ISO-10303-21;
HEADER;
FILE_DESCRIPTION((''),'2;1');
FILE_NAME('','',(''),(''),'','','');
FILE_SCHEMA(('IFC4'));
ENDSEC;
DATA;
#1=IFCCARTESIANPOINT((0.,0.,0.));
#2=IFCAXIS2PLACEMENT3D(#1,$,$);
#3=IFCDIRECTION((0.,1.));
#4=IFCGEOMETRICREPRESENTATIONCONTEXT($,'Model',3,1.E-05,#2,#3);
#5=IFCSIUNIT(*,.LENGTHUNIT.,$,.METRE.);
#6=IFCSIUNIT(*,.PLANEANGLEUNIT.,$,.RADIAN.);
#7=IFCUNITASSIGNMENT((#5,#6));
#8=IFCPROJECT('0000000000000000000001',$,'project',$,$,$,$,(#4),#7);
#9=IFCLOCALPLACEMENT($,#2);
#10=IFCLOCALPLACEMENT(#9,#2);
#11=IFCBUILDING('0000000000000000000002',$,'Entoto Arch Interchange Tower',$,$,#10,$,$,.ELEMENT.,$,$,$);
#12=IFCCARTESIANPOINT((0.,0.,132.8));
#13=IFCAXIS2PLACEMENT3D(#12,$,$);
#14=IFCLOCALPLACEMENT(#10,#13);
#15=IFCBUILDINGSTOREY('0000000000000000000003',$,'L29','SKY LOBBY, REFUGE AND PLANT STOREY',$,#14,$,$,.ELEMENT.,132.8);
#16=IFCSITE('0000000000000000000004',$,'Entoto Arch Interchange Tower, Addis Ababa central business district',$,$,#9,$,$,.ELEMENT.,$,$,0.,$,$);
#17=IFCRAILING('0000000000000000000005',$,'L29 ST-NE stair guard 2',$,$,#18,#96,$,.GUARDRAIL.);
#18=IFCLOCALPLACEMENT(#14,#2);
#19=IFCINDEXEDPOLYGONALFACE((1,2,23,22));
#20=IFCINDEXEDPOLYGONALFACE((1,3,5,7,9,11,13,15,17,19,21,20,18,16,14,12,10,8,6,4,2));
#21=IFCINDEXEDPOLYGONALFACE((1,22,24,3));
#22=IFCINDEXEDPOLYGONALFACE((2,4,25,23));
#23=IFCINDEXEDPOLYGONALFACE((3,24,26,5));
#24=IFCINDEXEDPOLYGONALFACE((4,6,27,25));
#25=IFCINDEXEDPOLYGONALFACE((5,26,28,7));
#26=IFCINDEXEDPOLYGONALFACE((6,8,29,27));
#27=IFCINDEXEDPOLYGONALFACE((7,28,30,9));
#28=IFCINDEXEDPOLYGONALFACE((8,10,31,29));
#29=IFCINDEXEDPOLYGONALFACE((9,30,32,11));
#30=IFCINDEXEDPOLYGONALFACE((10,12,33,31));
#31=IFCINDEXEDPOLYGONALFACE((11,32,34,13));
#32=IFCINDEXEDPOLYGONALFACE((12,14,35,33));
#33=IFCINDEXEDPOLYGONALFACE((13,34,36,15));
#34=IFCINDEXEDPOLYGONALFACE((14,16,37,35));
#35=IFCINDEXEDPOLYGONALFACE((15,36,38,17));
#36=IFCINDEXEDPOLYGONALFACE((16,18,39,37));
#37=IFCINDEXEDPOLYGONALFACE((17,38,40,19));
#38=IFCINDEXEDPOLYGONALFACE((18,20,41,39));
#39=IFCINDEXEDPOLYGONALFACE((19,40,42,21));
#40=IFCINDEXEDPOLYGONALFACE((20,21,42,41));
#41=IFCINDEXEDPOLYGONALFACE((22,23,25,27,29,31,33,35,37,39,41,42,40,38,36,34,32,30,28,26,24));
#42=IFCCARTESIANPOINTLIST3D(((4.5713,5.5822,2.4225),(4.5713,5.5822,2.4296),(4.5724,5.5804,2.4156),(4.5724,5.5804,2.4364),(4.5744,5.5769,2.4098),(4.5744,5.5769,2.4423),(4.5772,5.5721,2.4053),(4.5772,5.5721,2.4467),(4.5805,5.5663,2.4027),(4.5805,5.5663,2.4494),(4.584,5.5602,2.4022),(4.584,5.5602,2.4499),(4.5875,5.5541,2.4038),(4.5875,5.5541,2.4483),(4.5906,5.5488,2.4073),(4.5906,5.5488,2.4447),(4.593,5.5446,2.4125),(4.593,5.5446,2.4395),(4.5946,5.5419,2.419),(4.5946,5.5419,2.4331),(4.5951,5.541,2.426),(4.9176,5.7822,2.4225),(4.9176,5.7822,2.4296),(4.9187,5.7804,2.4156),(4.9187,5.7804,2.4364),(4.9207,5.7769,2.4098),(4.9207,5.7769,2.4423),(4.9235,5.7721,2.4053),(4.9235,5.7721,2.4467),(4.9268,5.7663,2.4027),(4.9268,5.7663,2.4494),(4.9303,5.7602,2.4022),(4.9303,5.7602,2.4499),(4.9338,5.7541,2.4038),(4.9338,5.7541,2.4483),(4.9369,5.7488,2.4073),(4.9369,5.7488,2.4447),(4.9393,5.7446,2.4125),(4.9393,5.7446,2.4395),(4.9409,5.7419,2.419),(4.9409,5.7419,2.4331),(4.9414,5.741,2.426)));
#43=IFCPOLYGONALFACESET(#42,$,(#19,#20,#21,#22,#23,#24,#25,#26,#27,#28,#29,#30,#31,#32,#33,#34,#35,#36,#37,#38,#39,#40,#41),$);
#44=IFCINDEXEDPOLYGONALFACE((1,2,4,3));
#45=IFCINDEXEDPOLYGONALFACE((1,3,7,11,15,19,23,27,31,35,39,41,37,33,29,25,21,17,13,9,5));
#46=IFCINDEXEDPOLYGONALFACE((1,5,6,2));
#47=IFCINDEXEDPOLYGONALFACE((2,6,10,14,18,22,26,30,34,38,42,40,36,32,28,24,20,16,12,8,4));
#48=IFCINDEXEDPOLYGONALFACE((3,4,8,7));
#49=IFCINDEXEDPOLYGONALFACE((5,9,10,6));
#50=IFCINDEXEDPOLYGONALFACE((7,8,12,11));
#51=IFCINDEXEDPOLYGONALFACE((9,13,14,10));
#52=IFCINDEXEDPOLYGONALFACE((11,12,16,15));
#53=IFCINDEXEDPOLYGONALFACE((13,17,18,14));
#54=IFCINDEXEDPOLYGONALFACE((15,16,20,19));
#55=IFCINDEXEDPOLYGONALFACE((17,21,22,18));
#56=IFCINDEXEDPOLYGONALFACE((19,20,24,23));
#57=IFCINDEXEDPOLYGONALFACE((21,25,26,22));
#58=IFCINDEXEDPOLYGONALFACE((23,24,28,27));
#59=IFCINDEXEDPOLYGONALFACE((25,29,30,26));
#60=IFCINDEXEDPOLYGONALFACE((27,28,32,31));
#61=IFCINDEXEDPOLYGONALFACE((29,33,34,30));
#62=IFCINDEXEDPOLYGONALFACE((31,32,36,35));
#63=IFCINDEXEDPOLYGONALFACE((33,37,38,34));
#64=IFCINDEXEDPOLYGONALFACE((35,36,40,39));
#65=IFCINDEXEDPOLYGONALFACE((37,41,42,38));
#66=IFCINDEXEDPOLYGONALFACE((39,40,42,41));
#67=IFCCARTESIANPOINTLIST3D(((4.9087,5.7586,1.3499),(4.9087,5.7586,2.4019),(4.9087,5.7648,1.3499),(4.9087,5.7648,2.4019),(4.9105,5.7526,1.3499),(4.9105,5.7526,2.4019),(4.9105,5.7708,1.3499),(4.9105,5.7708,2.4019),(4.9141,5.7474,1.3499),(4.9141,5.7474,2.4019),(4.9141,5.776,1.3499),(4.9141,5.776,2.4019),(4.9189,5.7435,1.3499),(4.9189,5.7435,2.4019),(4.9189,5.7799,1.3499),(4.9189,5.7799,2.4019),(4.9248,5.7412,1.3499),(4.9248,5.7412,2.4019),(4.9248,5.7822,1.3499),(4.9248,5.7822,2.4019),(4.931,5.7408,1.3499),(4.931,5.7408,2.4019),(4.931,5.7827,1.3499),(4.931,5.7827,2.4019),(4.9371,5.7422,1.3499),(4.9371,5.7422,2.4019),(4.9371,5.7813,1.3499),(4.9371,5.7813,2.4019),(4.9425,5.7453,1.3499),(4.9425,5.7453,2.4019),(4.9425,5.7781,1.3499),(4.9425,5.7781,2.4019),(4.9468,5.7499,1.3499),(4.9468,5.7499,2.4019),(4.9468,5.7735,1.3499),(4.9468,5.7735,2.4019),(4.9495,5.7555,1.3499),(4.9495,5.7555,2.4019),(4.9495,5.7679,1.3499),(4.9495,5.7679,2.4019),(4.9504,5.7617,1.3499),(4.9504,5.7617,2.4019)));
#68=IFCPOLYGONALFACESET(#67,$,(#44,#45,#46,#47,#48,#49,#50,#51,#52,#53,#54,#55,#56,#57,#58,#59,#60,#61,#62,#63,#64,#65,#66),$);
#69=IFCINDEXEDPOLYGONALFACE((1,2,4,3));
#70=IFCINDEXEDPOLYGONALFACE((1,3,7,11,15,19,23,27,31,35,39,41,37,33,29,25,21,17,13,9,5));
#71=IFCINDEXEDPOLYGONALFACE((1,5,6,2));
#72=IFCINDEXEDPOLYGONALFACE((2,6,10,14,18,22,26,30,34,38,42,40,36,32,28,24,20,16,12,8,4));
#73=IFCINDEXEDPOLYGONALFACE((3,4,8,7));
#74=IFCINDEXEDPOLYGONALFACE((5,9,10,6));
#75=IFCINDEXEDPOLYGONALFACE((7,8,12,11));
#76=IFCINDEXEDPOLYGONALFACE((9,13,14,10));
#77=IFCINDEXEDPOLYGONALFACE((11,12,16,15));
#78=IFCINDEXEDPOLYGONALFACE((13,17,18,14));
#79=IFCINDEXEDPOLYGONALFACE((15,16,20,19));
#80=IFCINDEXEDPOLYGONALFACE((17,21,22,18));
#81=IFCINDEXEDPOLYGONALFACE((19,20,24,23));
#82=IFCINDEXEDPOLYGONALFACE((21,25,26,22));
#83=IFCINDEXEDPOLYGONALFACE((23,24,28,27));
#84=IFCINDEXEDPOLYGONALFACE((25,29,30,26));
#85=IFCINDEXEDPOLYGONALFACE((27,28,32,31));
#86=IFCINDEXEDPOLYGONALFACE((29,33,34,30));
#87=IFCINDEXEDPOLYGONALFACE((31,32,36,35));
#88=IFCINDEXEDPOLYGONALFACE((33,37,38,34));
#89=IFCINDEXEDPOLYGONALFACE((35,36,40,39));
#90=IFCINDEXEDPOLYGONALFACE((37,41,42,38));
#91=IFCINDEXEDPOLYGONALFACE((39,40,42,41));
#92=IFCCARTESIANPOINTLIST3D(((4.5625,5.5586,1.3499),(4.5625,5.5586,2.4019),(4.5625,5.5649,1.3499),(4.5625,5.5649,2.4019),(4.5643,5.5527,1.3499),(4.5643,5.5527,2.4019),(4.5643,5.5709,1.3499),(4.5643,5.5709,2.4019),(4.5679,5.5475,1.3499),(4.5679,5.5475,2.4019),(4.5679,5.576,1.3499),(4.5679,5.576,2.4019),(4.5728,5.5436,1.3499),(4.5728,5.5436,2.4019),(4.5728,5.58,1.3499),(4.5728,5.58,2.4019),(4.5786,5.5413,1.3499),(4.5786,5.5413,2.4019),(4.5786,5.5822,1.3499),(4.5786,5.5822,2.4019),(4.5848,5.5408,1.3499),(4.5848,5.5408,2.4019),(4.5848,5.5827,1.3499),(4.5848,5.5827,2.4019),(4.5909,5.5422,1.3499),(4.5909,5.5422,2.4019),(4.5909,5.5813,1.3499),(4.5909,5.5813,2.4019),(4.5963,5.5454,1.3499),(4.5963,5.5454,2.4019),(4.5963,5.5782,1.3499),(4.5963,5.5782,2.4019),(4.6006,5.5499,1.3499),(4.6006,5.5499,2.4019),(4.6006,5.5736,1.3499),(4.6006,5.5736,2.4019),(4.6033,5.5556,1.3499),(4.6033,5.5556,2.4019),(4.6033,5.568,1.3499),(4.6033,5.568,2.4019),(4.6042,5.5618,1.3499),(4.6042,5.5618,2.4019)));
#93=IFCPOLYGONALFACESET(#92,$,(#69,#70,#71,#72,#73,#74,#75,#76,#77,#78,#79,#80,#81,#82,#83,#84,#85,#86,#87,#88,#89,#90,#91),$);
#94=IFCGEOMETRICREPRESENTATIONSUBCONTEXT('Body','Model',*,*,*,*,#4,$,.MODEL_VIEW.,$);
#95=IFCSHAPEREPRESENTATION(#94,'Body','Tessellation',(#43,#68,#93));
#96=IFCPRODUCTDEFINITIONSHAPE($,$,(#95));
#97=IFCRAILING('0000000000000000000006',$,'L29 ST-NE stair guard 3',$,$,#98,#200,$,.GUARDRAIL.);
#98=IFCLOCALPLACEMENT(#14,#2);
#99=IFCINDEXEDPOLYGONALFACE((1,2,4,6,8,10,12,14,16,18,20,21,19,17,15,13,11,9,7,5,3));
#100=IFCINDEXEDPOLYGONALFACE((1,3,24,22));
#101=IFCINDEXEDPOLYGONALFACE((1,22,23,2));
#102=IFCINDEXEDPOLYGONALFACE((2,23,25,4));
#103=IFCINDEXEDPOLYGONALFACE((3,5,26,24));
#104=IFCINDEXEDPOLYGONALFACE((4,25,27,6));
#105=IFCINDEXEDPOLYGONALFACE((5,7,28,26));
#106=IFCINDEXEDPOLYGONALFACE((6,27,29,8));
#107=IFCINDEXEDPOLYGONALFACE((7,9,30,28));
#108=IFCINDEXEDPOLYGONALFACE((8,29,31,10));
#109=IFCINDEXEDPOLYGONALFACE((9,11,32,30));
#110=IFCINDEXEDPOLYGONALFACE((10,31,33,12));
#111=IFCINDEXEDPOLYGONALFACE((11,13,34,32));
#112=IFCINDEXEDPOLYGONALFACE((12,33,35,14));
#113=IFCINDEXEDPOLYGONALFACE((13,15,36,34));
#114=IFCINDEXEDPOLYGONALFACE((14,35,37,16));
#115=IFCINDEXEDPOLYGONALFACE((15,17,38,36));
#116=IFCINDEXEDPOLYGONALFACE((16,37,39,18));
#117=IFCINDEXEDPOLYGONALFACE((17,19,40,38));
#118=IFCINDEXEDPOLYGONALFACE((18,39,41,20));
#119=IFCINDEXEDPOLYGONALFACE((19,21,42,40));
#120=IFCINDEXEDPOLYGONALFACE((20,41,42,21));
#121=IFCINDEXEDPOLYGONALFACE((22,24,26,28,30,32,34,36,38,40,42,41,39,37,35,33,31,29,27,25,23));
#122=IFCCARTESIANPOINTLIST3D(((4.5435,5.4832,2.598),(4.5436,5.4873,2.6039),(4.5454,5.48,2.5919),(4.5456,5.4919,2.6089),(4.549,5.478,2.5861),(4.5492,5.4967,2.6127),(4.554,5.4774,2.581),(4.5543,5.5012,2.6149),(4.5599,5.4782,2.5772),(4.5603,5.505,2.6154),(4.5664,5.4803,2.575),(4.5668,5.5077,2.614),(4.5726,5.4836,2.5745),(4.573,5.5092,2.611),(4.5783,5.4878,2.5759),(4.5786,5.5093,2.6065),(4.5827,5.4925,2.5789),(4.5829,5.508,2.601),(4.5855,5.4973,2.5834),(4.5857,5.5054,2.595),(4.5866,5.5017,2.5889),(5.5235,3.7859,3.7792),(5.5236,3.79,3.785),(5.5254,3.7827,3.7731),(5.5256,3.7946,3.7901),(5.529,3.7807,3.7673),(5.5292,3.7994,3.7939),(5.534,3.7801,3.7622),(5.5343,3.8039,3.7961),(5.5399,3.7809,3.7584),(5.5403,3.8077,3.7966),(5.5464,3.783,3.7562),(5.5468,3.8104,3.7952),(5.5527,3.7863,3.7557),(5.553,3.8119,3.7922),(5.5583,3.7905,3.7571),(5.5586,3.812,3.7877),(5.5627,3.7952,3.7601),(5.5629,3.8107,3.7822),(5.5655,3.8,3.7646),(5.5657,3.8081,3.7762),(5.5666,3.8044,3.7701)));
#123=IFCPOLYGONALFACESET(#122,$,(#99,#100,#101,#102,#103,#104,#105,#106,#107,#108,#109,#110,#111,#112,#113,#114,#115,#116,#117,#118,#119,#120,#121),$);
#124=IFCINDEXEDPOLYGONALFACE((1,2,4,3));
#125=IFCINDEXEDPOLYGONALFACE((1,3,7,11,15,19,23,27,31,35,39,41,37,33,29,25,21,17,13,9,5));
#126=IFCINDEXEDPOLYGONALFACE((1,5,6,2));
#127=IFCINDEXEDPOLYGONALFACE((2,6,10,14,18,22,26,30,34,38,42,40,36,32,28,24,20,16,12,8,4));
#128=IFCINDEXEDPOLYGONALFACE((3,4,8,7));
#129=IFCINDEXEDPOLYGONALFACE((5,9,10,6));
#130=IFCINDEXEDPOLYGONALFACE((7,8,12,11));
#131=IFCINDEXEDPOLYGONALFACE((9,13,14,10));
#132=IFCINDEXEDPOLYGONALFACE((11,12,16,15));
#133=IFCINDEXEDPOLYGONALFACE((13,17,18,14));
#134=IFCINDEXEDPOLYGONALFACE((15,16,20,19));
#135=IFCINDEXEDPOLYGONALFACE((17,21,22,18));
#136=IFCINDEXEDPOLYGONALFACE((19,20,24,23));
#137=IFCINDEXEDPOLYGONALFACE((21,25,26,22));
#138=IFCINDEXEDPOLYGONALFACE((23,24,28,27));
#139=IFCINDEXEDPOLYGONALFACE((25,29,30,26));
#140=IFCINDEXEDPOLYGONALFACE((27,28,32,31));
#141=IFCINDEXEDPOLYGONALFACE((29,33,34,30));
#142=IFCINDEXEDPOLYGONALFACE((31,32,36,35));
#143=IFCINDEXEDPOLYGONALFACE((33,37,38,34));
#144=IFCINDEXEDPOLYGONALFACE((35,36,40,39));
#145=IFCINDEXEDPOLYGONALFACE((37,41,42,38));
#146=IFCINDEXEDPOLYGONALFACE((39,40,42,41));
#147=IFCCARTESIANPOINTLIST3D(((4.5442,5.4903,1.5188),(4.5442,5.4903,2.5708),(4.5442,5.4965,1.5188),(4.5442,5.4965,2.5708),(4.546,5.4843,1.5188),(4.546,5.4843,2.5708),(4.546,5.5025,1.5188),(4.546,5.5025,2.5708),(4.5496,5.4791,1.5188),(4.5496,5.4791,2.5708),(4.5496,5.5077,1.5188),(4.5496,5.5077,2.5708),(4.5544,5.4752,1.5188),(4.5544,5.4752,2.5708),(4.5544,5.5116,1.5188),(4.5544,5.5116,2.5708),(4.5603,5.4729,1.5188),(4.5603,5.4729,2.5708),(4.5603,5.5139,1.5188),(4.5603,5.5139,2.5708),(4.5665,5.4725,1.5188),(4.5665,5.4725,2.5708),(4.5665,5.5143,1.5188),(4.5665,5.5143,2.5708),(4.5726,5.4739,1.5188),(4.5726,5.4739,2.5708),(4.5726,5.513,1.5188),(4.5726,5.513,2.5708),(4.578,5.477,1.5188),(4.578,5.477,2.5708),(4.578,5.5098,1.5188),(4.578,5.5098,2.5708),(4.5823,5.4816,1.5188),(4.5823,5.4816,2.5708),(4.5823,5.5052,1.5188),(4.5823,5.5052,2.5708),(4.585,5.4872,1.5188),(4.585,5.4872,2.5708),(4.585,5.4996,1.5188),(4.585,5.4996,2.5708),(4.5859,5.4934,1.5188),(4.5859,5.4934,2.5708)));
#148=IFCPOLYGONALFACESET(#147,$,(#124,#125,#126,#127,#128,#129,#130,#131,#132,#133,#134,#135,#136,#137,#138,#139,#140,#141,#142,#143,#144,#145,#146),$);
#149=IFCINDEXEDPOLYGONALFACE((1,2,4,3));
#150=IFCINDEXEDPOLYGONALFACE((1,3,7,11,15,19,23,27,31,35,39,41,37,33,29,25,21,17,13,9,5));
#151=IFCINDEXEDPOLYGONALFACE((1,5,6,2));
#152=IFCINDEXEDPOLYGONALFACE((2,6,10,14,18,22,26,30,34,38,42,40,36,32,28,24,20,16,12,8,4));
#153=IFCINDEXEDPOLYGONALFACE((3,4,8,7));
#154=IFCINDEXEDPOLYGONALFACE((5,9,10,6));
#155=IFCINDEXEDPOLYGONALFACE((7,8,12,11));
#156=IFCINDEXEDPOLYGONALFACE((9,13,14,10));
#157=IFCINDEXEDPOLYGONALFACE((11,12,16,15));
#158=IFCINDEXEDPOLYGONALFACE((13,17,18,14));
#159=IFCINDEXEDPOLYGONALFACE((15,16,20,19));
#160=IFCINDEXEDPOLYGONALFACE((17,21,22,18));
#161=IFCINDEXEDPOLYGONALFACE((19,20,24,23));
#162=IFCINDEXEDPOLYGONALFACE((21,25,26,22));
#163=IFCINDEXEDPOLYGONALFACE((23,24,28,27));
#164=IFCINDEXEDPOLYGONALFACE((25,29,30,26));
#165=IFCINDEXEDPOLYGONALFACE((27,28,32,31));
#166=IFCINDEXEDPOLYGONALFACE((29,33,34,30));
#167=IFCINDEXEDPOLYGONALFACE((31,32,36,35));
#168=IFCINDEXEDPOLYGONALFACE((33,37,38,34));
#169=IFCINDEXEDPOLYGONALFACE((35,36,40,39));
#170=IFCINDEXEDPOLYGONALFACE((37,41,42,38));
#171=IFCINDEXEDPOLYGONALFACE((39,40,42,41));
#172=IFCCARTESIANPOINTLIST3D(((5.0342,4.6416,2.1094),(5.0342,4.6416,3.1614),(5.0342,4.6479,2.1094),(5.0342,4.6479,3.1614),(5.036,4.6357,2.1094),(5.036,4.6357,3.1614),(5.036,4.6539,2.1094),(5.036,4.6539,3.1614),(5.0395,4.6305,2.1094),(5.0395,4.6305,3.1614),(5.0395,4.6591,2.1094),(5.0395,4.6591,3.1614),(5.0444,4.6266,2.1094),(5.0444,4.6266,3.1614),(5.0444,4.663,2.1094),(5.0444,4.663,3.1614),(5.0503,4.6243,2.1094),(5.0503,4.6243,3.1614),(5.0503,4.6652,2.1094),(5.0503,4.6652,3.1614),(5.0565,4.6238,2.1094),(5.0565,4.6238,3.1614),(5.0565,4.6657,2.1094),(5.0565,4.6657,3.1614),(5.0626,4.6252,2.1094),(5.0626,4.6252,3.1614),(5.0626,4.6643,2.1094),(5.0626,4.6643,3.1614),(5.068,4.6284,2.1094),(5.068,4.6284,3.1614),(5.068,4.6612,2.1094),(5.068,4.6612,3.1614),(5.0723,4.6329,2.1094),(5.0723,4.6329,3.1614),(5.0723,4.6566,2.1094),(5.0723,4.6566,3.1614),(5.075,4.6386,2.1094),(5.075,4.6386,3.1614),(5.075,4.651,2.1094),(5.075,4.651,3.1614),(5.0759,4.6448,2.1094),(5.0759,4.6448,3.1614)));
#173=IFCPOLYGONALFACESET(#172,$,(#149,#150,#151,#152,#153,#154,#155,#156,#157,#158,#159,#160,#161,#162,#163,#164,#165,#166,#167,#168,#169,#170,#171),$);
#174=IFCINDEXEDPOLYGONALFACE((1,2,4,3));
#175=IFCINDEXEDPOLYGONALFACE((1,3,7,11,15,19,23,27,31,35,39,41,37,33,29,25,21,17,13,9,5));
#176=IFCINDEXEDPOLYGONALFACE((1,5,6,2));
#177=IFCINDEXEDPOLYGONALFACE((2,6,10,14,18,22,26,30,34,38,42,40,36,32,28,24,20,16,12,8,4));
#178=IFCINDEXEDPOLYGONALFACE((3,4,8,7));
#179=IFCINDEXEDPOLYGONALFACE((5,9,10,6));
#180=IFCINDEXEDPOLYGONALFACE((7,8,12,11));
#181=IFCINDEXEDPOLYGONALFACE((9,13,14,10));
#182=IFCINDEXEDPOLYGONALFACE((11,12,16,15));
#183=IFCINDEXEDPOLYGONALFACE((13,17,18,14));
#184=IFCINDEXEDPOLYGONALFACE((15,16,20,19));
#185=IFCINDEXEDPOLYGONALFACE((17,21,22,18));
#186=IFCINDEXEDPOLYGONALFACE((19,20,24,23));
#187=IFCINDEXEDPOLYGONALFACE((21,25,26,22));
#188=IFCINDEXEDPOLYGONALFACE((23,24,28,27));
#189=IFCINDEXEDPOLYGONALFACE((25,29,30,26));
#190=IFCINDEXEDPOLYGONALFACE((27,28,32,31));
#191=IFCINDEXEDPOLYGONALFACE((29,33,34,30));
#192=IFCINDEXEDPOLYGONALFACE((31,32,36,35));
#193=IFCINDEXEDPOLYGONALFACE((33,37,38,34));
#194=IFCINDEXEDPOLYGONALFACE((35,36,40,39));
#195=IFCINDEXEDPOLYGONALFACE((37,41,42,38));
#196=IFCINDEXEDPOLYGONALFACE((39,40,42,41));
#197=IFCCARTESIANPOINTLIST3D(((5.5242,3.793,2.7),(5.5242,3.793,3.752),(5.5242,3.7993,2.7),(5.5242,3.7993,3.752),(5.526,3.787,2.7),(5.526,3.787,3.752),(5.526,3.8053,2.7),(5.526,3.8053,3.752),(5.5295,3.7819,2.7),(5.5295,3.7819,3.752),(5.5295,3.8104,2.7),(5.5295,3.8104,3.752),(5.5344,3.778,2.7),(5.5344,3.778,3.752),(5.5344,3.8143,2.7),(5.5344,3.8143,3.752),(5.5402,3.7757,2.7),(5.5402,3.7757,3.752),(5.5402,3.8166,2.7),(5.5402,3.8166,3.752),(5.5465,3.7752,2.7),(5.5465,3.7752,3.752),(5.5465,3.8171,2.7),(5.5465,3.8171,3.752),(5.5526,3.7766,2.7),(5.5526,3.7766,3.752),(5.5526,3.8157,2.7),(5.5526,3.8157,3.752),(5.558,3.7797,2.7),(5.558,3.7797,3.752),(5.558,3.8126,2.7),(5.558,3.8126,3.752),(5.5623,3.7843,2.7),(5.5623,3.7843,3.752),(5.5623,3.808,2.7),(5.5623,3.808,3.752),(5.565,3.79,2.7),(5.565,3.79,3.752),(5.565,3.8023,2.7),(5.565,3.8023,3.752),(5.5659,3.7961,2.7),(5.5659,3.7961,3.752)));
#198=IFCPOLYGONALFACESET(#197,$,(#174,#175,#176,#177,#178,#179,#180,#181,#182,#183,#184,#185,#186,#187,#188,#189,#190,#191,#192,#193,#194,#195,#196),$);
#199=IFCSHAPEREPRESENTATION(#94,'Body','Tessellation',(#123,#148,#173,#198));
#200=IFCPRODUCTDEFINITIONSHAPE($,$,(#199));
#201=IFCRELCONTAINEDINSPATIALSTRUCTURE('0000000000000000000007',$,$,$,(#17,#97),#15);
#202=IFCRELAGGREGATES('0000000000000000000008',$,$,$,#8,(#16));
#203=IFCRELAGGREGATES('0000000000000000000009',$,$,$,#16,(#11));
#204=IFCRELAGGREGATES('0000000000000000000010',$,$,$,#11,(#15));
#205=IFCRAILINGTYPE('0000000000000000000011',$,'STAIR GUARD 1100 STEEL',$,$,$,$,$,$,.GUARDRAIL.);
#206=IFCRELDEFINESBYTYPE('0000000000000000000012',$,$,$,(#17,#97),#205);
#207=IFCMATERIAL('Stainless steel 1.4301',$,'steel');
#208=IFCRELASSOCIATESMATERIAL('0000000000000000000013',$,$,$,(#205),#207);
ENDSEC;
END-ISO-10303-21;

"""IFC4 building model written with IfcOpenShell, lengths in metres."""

from ifc_helpers import new_model, si_unit, direction, frame, origin, origin_2d, place, context, subcontext, project, spatial, circle, extrude, material, type_object, element, save


model = new_model("IFC4")

# Units and contexts
model_context = context("Model", 3, precision=1e-05, world=origin(), true_north=direction((0.0, 1.0)))
body_context = subcontext(model_context, "Body", "Model", "MODEL_VIEW")
ifc_project = project(units=[si_unit("LENGTHUNIT", "METRE"), si_unit("PLANEANGLEUNIT", "RADIAN")], contexts=[model_context])

# Site, building, storey
site_placement = place(None, origin())
site = spatial("IfcSite", under=ifc_project, at=site_placement, Name="Entoto Arch Interchange Tower, Addis Ababa central business district", CompositionType="ELEMENT", RefElevation=0.0)
building_placement = place(site_placement, origin())
building = spatial("IfcBuilding", under=site, at=building_placement, Name="Entoto Arch Interchange Tower", CompositionType="ELEMENT")
storey_placement = place(building_placement, frame((0.0, 0.0, 132.8)))
storey = spatial("IfcBuildingStorey", under=building, at=storey_placement, Name="L29", Description="SKY LOBBY, REFUGE AND PLANT STOREY", CompositionType="ELEMENT", Elevation=132.8)

# Railings
ifc_material_1 = material(Name="Stainless steel 1.4301", Category="steel")
railing_type_1 = type_object("IfcRailingType", Name="STAIR GUARD 1100 STEEL", PredefinedType="GUARDRAIL", material=ifc_material_1)
railing_1_placement = place(storey_placement, frame((4.9294, 5.7617, 1.3499)))
element("IfcRailing", 1, at=railing_1_placement, inside=storey, type_object=railing_type_1, Name="L29 ST-NE stair guard 2", PredefinedType="GUARDRAIL", context=body_context, shape_type="SweptSolid", body=[
    extrude(circle(Radius=0.0239, at=origin_2d()), frame((0.0, 0.0, 1.0762), z_axis=(-0.865941, -0.500145, 0.0), x_axis=(0.500145, -0.865941, 0.0)), (0.0, 0.0, 1.0), 0.3999),
    extrude(circle(Radius=0.021, at=origin_2d()), origin(), (0.0, 0.0, 1.0), 1.052),
    extrude(circle(Radius=0.021, at=origin_2d()), frame((-0.3462, -0.2, 0.0)), (0.0, 0.0, 1.0), 1.052),
])
railing_2_placement = place(storey_placement, frame((4.5649, 5.4934, 1.5188)))
element("IfcRailing", 2, at=railing_2_placement, inside=storey, type_object=railing_type_1, Name="L29 ST-NE stair guard 3", PredefinedType="GUARDRAIL", context=body_context, shape_type="SweptSolid", body=[
    extrude(circle(Radius=0.0239, at=origin_2d()), frame((0.0, 0.0, 1.0762), z_axis=(0.428262, -0.741723, 0.516176), x_axis=(0.866011, 0.500024, 0.0)), (0.0, 0.0, 1.0), 2.2883),
    extrude(circle(Radius=0.021, at=origin_2d()), origin(), (0.0, 0.0, 1.0), 1.052),
    extrude(circle(Radius=0.021, at=origin_2d()), frame((0.49, -0.8486, 0.5906)), (0.0, 0.0, 1.0), 1.052),
    extrude(circle(Radius=0.021, at=origin_2d()), frame((0.98, -1.6973, 1.1812)), (0.0, 0.0, 1.0), 1.052),
])

save(model, "model.ifc")
